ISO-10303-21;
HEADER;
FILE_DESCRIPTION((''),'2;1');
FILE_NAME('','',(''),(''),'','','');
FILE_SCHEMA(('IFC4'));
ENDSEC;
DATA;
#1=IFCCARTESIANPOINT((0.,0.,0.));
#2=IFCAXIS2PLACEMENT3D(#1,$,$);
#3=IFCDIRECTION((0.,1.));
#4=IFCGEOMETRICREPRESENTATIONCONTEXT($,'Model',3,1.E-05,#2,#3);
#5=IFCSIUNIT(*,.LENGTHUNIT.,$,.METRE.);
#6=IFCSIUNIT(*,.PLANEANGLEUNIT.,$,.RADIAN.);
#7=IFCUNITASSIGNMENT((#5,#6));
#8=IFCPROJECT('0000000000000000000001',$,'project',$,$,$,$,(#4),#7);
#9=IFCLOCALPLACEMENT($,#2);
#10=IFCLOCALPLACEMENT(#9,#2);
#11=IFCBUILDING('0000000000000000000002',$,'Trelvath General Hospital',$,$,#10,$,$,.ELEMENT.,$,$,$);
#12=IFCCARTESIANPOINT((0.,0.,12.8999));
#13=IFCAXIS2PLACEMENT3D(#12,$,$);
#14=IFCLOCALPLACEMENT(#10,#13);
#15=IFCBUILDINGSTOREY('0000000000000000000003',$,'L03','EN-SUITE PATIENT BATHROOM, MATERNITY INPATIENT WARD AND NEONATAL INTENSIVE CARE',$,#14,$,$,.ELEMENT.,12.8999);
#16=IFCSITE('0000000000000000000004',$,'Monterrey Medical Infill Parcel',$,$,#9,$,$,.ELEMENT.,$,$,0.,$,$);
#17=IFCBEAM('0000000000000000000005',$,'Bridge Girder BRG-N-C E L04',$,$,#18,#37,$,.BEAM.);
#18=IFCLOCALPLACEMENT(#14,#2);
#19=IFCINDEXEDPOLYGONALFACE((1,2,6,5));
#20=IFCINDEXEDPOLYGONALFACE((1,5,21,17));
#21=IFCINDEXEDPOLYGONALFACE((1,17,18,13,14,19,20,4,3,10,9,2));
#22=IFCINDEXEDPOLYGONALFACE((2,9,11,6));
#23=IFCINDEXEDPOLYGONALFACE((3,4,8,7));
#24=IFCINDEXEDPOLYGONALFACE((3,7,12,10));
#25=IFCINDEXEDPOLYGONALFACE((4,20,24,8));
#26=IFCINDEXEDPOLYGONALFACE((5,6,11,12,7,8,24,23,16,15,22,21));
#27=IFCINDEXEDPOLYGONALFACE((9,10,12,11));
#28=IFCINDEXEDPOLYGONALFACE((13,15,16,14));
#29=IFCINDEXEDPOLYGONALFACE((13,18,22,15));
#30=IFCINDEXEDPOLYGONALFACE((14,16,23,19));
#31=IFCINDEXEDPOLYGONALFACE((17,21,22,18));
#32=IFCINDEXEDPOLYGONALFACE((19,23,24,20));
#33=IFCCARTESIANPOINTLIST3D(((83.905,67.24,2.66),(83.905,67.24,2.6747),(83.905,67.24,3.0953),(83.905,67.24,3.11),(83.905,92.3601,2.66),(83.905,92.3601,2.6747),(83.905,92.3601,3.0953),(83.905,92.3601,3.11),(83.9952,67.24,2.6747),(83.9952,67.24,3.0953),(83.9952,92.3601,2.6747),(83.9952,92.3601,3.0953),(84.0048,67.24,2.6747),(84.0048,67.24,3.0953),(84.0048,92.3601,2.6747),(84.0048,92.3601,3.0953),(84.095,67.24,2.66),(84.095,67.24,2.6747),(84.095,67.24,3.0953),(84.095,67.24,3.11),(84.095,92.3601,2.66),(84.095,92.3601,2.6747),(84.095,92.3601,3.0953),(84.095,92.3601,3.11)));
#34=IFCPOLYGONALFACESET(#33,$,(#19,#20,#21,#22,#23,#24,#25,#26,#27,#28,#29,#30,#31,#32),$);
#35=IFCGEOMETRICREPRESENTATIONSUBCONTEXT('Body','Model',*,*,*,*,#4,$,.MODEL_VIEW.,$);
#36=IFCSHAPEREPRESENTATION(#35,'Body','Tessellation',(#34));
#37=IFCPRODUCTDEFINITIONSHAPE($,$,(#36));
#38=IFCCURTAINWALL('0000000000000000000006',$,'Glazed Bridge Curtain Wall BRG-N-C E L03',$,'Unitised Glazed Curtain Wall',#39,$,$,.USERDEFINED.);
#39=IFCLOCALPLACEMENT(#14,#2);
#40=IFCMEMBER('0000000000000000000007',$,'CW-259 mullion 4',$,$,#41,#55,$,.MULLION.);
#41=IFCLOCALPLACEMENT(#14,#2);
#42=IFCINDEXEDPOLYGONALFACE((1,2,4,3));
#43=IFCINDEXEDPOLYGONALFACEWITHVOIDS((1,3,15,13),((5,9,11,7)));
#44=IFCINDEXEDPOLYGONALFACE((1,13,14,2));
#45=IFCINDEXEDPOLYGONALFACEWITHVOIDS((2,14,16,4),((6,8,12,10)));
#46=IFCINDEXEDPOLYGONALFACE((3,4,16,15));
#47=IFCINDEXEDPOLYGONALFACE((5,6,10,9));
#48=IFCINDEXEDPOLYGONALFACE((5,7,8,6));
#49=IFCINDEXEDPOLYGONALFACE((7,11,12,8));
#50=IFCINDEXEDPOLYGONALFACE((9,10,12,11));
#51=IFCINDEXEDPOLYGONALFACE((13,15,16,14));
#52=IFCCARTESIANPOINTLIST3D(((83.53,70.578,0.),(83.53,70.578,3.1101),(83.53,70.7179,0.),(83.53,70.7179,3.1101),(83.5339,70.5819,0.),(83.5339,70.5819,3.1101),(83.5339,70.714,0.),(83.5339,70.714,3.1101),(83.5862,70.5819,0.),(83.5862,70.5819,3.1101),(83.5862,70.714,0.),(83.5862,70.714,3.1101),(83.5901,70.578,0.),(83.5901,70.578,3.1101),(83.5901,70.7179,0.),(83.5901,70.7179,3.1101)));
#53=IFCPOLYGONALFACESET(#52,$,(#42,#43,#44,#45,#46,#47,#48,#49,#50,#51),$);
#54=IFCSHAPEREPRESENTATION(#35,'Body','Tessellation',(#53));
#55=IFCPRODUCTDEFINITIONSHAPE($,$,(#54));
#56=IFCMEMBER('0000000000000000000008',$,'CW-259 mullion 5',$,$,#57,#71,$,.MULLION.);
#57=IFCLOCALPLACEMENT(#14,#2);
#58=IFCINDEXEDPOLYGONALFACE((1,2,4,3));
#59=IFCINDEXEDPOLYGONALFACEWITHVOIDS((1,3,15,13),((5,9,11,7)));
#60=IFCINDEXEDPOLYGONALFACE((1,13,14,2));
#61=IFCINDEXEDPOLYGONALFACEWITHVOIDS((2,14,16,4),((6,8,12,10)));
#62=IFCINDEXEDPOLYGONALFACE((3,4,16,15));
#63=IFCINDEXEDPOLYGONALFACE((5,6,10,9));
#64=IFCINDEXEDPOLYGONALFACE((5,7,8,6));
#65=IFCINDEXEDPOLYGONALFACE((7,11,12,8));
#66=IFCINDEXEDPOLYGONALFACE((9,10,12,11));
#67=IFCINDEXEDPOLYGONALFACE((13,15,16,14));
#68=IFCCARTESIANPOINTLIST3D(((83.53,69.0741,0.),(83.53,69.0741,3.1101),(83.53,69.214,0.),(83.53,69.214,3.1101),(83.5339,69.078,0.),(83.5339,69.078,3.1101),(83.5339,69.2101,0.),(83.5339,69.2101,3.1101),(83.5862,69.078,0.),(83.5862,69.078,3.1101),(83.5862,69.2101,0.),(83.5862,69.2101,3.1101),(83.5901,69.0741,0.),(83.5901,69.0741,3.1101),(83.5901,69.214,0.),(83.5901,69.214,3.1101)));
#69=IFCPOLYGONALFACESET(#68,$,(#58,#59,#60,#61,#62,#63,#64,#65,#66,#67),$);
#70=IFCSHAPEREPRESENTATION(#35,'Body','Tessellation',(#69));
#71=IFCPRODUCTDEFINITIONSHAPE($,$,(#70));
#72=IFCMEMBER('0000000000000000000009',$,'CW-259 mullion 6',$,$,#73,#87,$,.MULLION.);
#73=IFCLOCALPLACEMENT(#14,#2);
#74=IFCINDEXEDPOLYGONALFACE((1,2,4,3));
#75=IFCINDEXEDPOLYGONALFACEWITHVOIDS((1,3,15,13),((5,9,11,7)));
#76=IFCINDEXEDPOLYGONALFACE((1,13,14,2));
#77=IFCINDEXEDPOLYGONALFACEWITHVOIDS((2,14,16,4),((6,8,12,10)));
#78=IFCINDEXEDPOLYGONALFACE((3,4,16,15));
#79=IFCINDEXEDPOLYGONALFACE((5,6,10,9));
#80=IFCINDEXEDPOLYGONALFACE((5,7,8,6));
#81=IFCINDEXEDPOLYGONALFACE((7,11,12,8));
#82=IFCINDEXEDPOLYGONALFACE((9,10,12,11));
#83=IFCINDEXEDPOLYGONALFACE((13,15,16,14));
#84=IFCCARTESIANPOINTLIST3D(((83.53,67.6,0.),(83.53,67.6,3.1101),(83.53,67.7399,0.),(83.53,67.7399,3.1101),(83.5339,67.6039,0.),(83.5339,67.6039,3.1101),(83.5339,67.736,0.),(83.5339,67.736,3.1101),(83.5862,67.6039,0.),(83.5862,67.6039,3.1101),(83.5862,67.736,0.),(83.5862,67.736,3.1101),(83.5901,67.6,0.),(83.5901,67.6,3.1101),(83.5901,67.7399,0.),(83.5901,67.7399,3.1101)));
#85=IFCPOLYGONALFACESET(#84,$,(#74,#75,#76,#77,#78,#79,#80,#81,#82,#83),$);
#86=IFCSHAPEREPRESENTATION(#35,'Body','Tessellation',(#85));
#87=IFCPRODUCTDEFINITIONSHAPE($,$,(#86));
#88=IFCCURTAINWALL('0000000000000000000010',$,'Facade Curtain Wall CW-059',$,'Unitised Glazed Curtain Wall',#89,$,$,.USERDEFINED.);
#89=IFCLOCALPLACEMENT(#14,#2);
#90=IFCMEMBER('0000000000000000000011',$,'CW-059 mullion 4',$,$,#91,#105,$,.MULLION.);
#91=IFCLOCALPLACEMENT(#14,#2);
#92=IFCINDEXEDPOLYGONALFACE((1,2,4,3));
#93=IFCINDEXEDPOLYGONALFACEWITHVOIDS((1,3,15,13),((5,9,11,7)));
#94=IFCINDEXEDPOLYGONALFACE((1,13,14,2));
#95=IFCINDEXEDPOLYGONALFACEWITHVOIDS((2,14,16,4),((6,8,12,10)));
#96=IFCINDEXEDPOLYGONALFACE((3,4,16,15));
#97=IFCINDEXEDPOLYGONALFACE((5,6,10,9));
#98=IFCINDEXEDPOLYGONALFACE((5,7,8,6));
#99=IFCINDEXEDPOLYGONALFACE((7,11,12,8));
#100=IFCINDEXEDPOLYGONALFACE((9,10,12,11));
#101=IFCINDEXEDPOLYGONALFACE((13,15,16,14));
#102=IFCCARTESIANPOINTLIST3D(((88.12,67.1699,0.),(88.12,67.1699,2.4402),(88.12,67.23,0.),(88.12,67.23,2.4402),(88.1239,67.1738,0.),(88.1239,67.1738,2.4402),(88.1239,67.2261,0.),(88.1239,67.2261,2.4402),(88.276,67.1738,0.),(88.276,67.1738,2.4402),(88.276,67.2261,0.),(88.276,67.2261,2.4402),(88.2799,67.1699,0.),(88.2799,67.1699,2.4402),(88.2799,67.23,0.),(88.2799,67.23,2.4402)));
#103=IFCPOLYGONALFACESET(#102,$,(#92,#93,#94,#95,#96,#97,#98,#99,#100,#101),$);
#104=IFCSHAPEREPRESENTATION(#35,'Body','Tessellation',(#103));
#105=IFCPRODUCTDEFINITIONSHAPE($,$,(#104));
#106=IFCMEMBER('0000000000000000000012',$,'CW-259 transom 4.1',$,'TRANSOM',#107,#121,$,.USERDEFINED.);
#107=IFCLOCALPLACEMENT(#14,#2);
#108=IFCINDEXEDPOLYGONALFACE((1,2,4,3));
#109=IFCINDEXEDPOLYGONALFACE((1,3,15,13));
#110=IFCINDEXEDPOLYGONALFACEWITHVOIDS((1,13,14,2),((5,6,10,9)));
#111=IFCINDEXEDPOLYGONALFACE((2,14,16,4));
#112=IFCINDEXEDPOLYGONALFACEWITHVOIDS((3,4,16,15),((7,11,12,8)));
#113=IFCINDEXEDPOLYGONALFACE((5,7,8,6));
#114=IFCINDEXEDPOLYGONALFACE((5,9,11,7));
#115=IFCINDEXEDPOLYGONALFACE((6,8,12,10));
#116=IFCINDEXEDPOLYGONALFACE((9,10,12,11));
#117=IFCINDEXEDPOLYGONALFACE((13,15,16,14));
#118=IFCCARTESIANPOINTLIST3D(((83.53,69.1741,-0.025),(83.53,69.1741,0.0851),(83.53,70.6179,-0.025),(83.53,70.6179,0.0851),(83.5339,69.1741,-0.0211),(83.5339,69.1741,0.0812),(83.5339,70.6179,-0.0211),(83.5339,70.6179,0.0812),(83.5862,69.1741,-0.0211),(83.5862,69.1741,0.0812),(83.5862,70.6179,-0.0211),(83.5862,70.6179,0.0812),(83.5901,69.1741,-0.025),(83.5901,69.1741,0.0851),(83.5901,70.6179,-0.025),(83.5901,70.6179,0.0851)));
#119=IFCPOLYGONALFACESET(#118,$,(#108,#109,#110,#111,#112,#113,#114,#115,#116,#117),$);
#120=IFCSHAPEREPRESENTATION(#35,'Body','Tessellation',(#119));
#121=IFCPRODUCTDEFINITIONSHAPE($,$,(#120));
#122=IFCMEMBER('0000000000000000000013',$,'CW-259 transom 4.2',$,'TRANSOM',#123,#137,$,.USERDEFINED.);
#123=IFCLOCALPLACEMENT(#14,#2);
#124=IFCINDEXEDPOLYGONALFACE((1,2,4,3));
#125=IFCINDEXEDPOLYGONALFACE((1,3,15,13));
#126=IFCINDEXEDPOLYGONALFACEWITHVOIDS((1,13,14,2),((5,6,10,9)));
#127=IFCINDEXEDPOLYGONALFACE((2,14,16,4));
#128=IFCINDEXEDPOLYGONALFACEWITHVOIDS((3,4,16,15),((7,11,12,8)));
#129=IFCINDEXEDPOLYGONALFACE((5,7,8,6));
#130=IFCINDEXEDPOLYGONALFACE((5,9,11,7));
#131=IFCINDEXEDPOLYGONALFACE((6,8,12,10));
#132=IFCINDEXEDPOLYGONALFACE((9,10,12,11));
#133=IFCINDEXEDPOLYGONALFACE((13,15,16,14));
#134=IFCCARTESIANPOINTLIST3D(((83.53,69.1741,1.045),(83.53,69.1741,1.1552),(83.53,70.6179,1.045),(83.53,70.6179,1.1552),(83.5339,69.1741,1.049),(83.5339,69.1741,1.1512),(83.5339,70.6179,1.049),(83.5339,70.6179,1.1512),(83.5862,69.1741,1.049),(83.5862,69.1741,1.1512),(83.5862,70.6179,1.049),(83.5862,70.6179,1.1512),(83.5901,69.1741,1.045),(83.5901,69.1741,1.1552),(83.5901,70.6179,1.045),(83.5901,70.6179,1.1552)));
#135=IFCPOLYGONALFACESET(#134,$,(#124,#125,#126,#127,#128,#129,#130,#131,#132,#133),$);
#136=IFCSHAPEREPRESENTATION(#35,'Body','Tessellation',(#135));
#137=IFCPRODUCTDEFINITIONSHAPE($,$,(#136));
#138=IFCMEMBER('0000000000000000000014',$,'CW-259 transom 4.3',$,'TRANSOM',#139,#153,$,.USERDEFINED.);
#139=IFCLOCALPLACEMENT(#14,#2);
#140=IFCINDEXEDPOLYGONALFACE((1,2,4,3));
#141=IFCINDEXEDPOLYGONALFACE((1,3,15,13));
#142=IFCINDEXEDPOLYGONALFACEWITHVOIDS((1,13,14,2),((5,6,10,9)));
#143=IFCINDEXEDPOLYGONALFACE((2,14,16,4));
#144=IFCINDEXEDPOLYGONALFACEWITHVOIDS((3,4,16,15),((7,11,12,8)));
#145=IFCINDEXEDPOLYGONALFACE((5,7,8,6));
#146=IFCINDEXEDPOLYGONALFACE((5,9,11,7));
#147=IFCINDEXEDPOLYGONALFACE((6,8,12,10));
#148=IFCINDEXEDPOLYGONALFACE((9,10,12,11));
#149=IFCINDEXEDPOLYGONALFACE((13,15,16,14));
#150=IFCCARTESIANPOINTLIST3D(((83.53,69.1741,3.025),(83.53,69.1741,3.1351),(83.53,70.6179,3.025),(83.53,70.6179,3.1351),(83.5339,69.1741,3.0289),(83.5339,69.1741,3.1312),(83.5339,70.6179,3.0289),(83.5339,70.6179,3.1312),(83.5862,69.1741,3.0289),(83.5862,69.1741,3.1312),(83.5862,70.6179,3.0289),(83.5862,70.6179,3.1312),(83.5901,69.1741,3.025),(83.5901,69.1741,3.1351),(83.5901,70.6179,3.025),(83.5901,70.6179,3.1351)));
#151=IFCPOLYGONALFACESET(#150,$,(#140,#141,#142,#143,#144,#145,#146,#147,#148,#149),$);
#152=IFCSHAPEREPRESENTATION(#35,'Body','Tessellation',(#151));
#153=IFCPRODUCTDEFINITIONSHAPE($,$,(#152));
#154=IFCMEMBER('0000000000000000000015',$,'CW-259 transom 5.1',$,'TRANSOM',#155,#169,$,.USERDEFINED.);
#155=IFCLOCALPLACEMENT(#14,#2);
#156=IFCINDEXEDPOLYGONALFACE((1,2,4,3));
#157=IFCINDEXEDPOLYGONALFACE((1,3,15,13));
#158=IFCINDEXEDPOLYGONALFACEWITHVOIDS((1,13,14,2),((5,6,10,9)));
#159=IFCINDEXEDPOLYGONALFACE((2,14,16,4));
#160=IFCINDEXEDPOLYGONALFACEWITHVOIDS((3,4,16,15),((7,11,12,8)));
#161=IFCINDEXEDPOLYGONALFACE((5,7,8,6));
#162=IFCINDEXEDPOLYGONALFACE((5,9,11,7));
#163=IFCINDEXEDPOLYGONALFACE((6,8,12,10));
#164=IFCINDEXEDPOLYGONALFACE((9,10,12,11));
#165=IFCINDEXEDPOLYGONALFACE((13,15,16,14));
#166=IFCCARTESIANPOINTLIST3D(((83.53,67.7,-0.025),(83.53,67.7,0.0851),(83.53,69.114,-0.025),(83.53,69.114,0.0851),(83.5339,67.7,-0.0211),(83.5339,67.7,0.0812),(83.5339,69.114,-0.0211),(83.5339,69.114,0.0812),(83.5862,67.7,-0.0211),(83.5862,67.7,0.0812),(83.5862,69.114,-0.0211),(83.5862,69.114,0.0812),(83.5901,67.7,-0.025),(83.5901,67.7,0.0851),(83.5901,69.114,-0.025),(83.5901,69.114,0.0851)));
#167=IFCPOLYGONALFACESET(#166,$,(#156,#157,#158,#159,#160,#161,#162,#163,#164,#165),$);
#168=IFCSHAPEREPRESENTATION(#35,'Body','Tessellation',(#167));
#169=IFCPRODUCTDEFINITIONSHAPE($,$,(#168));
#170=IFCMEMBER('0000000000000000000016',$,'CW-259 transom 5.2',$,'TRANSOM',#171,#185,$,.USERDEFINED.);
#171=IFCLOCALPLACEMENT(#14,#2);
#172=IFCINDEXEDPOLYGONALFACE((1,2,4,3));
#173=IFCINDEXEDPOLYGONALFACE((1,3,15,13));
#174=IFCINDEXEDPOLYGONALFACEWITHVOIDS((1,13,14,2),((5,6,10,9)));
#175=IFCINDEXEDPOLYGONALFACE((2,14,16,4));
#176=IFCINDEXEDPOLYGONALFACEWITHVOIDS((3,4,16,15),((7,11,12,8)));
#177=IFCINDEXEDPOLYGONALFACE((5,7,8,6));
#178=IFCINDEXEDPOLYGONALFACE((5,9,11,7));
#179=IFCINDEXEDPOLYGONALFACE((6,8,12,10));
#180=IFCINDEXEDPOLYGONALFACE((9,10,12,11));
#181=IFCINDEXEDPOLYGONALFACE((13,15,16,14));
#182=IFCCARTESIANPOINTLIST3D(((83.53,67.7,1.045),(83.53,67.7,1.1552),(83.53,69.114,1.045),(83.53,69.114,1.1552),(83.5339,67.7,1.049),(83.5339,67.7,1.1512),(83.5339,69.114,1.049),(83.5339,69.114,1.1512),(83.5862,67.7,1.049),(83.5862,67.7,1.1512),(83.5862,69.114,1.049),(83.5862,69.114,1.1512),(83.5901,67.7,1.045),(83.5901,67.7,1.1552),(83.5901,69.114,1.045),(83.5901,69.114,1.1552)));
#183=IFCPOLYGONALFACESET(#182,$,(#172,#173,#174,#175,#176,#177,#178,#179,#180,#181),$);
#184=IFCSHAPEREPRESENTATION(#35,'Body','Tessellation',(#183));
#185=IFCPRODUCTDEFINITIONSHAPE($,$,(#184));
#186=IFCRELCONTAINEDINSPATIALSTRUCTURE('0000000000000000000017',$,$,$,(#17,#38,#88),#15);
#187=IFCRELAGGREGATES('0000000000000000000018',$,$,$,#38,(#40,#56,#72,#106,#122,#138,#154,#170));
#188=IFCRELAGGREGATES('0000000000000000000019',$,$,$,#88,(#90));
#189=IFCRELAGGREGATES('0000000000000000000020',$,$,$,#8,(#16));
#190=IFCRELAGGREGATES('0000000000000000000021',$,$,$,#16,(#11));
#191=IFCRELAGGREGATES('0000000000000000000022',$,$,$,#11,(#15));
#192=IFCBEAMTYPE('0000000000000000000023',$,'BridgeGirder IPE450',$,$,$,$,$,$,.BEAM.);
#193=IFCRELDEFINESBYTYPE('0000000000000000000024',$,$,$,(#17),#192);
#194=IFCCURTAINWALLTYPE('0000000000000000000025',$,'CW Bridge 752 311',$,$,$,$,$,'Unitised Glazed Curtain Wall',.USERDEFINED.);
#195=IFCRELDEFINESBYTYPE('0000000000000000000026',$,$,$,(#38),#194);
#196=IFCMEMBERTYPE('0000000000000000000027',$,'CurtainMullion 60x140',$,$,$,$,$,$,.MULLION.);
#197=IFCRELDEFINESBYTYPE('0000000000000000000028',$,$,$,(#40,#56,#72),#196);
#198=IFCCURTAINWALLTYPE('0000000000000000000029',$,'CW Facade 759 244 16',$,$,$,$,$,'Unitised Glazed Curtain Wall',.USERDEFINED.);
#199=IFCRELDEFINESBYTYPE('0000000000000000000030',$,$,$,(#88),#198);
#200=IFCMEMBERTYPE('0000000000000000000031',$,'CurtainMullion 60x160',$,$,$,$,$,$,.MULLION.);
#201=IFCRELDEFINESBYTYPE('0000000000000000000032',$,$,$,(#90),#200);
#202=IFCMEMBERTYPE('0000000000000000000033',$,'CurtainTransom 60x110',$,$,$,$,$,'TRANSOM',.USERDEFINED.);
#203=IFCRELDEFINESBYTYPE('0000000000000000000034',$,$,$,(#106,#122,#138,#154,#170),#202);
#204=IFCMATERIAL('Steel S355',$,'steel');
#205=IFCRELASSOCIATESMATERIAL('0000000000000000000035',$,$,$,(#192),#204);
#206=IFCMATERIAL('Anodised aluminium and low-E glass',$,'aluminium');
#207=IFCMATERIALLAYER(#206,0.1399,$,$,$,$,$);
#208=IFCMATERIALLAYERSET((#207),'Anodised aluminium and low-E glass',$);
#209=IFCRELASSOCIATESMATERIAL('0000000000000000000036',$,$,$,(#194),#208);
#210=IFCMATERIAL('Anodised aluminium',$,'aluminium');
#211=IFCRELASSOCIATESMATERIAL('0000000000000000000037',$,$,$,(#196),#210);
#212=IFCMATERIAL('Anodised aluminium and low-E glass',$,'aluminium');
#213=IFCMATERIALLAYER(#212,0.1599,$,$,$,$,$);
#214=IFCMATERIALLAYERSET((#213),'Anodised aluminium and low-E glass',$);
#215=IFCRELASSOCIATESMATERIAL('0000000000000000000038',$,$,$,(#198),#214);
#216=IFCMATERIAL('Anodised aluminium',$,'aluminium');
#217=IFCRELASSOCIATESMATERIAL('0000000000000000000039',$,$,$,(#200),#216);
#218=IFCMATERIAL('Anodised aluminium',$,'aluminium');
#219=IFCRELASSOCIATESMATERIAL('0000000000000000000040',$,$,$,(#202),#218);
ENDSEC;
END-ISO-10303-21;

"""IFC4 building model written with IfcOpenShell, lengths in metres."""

from ifc_helpers import new_model, si_unit, direction, frame, origin, origin_2d, place, context, subcontext, project, spatial, hollow_rectangle, i_section, extrude, material, layer, layer_set, material_profile, profile_set, type_object, element, aggregate, save


model = new_model("IFC4")

# Units and contexts
model_context = context("Model", 3, precision=1e-05, world=origin(), true_north=direction((0.0, 1.0)))
body_context = subcontext(model_context, "Body", "Model", "MODEL_VIEW")
ifc_project = project(units=[si_unit("LENGTHUNIT", "METRE"), si_unit("PLANEANGLEUNIT", "RADIAN")], contexts=[model_context])

# Site, building, storey
site_placement = place(None, origin())
site = spatial("IfcSite", under=ifc_project, at=site_placement, Name="Monterrey Medical Infill Parcel", CompositionType="ELEMENT", RefElevation=0.0)
building_placement = place(site_placement, origin())
building = spatial("IfcBuilding", under=site, at=building_placement, Name="Trelvath General Hospital", CompositionType="ELEMENT")
storey_placement = place(building_placement, frame((0.0, 0.0, 12.8999)))
storey = spatial("IfcBuildingStorey", under=building, at=storey_placement, Name="L03", Description="EN-SUITE PATIENT BATHROOM, MATERNITY INPATIENT WARD AND NEONATAL INTENSIVE CARE", CompositionType="ELEMENT", Elevation=12.8999)

# Beam
ifc_material_1 = material(Name="Steel S355", Category="steel")
ifc_material_profile_1 = material_profile(ifc_material_1, i_section(OverallWidth=0.1899, OverallDepth=0.45, WebThickness=0.0095, FlangeThickness=0.0146, at=origin_2d()), Name="IPE450")
ifc_profile_set_1 = profile_set([ifc_material_profile_1], Name="Steel S355")
beam_type = type_object("IfcBeamType", Name="BridgeGirder IPE450", PredefinedType="BEAM", material=ifc_profile_set_1)
beam_placement = place(storey_placement, frame((84.0, 67.24, 2.885), z_axis=(0.0, 1.0, 0.0), x_axis=(-1.0, 0.0, 0.0)))
element("IfcBeam", 1, at=beam_placement, inside=storey, type_object=beam_type, Name="Bridge Girder BRG-N-C E L04", PredefinedType="BEAM", context=body_context, shape_type="SweptSolid", body=[
    extrude(i_section(OverallWidth=0.1899, OverallDepth=0.45, WebThickness=0.0095, FlangeThickness=0.0146, at=origin_2d()), origin(), (0.0, 0.0, 1.0), 25.1201),
])

# Curtain wall, members
ifc_material_2 = material(Name="Anodised aluminium and low-E glass", Category="aluminium")
ifc_layer_1 = layer(ifc_material_2, 0.1399)
ifc_layer_set_1 = layer_set([ifc_layer_1], Name="Anodised aluminium and low-E glass")
curtain_wall_type_1 = type_object("IfcCurtainWallType", Name="CW Bridge 752 311", ElementType="Unitised Glazed Curtain Wall", PredefinedType="USERDEFINED", material=ifc_layer_set_1)
curtain_wall_1_placement = place(storey_placement, origin())
curtain_wall_1 = element("IfcCurtainWall", 2, at=curtain_wall_1_placement, inside=storey, type_object=curtain_wall_type_1, Name="Glazed Bridge Curtain Wall BRG-N-C E L03", ObjectType="Unitised Glazed Curtain Wall", PredefinedType="USERDEFINED")
ifc_material_3 = material(Name="Anodised aluminium", Category="aluminium")
ifc_material_profile_2 = material_profile(ifc_material_3, hollow_rectangle(XDim=0.0601, YDim=0.1399, WallThickness=0.0039, at=origin_2d()), Name="RHS60x140x4")
ifc_profile_set_2 = profile_set([ifc_material_profile_2], Name="Anodised aluminium")
member_type_1 = type_object("IfcMemberType", Name="CurtainMullion 60x140", PredefinedType="MULLION", material=ifc_profile_set_2)
member_1_placement = place(storey_placement, frame((83.5601, 70.6479, 0.0), z_axis=(0.0, 0.0, 1.0), x_axis=(1.0, 0.0, 0.0)))
member_1 = element("IfcMember", 3, at=member_1_placement, type_object=member_type_1, Name="CW-259 mullion 4", PredefinedType="MULLION", context=body_context, shape_type="SweptSolid", body=[
    extrude(hollow_rectangle(XDim=0.0601, YDim=0.1399, WallThickness=0.0039, at=origin_2d()), origin(), (0.0, 0.0, 1.0), 3.1101),
])
member_2_placement = place(storey_placement, frame((83.5601, 69.144, 0.0), z_axis=(0.0, 0.0, 1.0), x_axis=(1.0, 0.0, 0.0)))
member_2 = element("IfcMember", 4, at=member_2_placement, type_object=member_type_1, Name="CW-259 mullion 5", PredefinedType="MULLION", context=body_context, shape_type="SweptSolid", body=[
    extrude(hollow_rectangle(XDim=0.0601, YDim=0.1399, WallThickness=0.0039, at=origin_2d()), origin(), (0.0, 0.0, 1.0), 3.1101),
])
member_3_placement = place(storey_placement, frame((83.5601, 67.6699, 0.0), z_axis=(0.0, 0.0, 1.0), x_axis=(1.0, 0.0, 0.0)))
member_3 = element("IfcMember", 5, at=member_3_placement, type_object=member_type_1, Name="CW-259 mullion 6", PredefinedType="MULLION", context=body_context, shape_type="SweptSolid", body=[
    extrude(hollow_rectangle(XDim=0.0601, YDim=0.1399, WallThickness=0.0039, at=origin_2d()), origin(), (0.0, 0.0, 1.0), 3.1101),
])

# Curtain wall, member
ifc_material_4 = material(Name="Anodised aluminium and low-E glass", Category="aluminium")
ifc_layer_2 = layer(ifc_material_4, 0.1599)
ifc_layer_set_2 = layer_set([ifc_layer_2], Name="Anodised aluminium and low-E glass")
curtain_wall_type_2 = type_object("IfcCurtainWallType", Name="CW Facade 759 244 16", ElementType="Unitised Glazed Curtain Wall", PredefinedType="USERDEFINED", material=ifc_layer_set_2)
curtain_wall_2_placement = place(storey_placement, origin())
curtain_wall_2 = element("IfcCurtainWall", 6, at=curtain_wall_2_placement, inside=storey, type_object=curtain_wall_type_2, Name="Facade Curtain Wall CW-059", ObjectType="Unitised Glazed Curtain Wall", PredefinedType="USERDEFINED")
ifc_material_5 = material(Name="Anodised aluminium", Category="aluminium")
ifc_material_profile_3 = material_profile(ifc_material_5, hollow_rectangle(XDim=0.0601, YDim=0.1599, WallThickness=0.0039, at=origin_2d()), Name="RHS60x160x4")
ifc_profile_set_3 = profile_set([ifc_material_profile_3], Name="Anodised aluminium")
member_type_2 = type_object("IfcMemberType", Name="CurtainMullion 60x160", PredefinedType="MULLION", material=ifc_profile_set_3)
member_4_placement = place(storey_placement, frame((88.2, 67.2, 0.0), z_axis=(0.0, 0.0, 1.0), x_axis=(0.0, 1.0, 0.0)))
member_4 = element("IfcMember", 7, at=member_4_placement, type_object=member_type_2, Name="CW-059 mullion 4", PredefinedType="MULLION", context=body_context, shape_type="SweptSolid", body=[
    extrude(hollow_rectangle(XDim=0.0601, YDim=0.1599, WallThickness=0.0039, at=origin_2d()), origin(), (0.0, 0.0, 1.0), 2.4402),
])

# Members
ifc_material_6 = material(Name="Anodised aluminium", Category="aluminium")
ifc_material_profile_4 = material_profile(ifc_material_6, hollow_rectangle(XDim=0.0601, YDim=0.1101, WallThickness=0.0039, at=origin_2d()), Name="RHS60x110x4")
ifc_profile_set_4 = profile_set([ifc_material_profile_4], Name="Anodised aluminium")
member_type_3 = type_object("IfcMemberType", Name="CurtainTransom 60x110", ElementType="TRANSOM", PredefinedType="USERDEFINED", material=ifc_profile_set_4)
member_5_placement = place(storey_placement, frame((83.5601, 70.6179, 0.03), z_axis=(0.0, -1.0, 0.0), x_axis=(1.0, 0.0, 0.0)))
member_5 = element("IfcMember", 8, at=member_5_placement, type_object=member_type_3, Name="CW-259 transom 4.1", ObjectType="TRANSOM", PredefinedType="USERDEFINED", context=body_context, shape_type="SweptSolid", body=[
    extrude(hollow_rectangle(XDim=0.0601, YDim=0.1101, WallThickness=0.0039, at=origin_2d()), origin(), (0.0, 0.0, 1.0), 1.4438),
])
member_6_placement = place(storey_placement, frame((83.5601, 70.6179, 1.1001), z_axis=(0.0, -1.0, 0.0), x_axis=(1.0, 0.0, 0.0)))
member_6 = element("IfcMember", 9, at=member_6_placement, type_object=member_type_3, Name="CW-259 transom 4.2", ObjectType="TRANSOM", PredefinedType="USERDEFINED", context=body_context, shape_type="SweptSolid", body=[
    extrude(hollow_rectangle(XDim=0.0601, YDim=0.1101, WallThickness=0.0039, at=origin_2d()), origin(), (0.0, 0.0, 1.0), 1.4438),
])
member_7_placement = place(storey_placement, frame((83.5601, 70.6179, 3.0801), z_axis=(0.0, -1.0, 0.0), x_axis=(1.0, 0.0, 0.0)))
member_7 = element("IfcMember", 10, at=member_7_placement, type_object=member_type_3, Name="CW-259 transom 4.3", ObjectType="TRANSOM", PredefinedType="USERDEFINED", context=body_context, shape_type="SweptSolid", body=[
    extrude(hollow_rectangle(XDim=0.0601, YDim=0.1101, WallThickness=0.0039, at=origin_2d()), origin(), (0.0, 0.0, 1.0), 1.4438),
])
member_8_placement = place(storey_placement, frame((83.5601, 69.114, 0.03), z_axis=(0.0, -1.0, 0.0), x_axis=(1.0, 0.0, 0.0)))
member_8 = element("IfcMember", 11, at=member_8_placement, type_object=member_type_3, Name="CW-259 transom 5.1", ObjectType="TRANSOM", PredefinedType="USERDEFINED", context=body_context, shape_type="SweptSolid", body=[
    extrude(hollow_rectangle(XDim=0.0601, YDim=0.1101, WallThickness=0.0039, at=origin_2d()), origin(), (0.0, 0.0, 1.0), 1.4141),
])
member_9_placement = place(storey_placement, frame((83.5601, 69.114, 1.1001), z_axis=(0.0, -1.0, 0.0), x_axis=(1.0, 0.0, 0.0)))
member_9 = element("IfcMember", 12, at=member_9_placement, type_object=member_type_3, Name="CW-259 transom 5.2", ObjectType="TRANSOM", PredefinedType="USERDEFINED", context=body_context, shape_type="SweptSolid", body=[
    extrude(hollow_rectangle(XDim=0.0601, YDim=0.1101, WallThickness=0.0039, at=origin_2d()), origin(), (0.0, 0.0, 1.0), 1.4141),
])

aggregate(curtain_wall_1, [member_1, member_2, member_3, member_5, member_6, member_7, member_8, member_9])
aggregate(curtain_wall_2, [member_4])

save(model, "model.ifc")
